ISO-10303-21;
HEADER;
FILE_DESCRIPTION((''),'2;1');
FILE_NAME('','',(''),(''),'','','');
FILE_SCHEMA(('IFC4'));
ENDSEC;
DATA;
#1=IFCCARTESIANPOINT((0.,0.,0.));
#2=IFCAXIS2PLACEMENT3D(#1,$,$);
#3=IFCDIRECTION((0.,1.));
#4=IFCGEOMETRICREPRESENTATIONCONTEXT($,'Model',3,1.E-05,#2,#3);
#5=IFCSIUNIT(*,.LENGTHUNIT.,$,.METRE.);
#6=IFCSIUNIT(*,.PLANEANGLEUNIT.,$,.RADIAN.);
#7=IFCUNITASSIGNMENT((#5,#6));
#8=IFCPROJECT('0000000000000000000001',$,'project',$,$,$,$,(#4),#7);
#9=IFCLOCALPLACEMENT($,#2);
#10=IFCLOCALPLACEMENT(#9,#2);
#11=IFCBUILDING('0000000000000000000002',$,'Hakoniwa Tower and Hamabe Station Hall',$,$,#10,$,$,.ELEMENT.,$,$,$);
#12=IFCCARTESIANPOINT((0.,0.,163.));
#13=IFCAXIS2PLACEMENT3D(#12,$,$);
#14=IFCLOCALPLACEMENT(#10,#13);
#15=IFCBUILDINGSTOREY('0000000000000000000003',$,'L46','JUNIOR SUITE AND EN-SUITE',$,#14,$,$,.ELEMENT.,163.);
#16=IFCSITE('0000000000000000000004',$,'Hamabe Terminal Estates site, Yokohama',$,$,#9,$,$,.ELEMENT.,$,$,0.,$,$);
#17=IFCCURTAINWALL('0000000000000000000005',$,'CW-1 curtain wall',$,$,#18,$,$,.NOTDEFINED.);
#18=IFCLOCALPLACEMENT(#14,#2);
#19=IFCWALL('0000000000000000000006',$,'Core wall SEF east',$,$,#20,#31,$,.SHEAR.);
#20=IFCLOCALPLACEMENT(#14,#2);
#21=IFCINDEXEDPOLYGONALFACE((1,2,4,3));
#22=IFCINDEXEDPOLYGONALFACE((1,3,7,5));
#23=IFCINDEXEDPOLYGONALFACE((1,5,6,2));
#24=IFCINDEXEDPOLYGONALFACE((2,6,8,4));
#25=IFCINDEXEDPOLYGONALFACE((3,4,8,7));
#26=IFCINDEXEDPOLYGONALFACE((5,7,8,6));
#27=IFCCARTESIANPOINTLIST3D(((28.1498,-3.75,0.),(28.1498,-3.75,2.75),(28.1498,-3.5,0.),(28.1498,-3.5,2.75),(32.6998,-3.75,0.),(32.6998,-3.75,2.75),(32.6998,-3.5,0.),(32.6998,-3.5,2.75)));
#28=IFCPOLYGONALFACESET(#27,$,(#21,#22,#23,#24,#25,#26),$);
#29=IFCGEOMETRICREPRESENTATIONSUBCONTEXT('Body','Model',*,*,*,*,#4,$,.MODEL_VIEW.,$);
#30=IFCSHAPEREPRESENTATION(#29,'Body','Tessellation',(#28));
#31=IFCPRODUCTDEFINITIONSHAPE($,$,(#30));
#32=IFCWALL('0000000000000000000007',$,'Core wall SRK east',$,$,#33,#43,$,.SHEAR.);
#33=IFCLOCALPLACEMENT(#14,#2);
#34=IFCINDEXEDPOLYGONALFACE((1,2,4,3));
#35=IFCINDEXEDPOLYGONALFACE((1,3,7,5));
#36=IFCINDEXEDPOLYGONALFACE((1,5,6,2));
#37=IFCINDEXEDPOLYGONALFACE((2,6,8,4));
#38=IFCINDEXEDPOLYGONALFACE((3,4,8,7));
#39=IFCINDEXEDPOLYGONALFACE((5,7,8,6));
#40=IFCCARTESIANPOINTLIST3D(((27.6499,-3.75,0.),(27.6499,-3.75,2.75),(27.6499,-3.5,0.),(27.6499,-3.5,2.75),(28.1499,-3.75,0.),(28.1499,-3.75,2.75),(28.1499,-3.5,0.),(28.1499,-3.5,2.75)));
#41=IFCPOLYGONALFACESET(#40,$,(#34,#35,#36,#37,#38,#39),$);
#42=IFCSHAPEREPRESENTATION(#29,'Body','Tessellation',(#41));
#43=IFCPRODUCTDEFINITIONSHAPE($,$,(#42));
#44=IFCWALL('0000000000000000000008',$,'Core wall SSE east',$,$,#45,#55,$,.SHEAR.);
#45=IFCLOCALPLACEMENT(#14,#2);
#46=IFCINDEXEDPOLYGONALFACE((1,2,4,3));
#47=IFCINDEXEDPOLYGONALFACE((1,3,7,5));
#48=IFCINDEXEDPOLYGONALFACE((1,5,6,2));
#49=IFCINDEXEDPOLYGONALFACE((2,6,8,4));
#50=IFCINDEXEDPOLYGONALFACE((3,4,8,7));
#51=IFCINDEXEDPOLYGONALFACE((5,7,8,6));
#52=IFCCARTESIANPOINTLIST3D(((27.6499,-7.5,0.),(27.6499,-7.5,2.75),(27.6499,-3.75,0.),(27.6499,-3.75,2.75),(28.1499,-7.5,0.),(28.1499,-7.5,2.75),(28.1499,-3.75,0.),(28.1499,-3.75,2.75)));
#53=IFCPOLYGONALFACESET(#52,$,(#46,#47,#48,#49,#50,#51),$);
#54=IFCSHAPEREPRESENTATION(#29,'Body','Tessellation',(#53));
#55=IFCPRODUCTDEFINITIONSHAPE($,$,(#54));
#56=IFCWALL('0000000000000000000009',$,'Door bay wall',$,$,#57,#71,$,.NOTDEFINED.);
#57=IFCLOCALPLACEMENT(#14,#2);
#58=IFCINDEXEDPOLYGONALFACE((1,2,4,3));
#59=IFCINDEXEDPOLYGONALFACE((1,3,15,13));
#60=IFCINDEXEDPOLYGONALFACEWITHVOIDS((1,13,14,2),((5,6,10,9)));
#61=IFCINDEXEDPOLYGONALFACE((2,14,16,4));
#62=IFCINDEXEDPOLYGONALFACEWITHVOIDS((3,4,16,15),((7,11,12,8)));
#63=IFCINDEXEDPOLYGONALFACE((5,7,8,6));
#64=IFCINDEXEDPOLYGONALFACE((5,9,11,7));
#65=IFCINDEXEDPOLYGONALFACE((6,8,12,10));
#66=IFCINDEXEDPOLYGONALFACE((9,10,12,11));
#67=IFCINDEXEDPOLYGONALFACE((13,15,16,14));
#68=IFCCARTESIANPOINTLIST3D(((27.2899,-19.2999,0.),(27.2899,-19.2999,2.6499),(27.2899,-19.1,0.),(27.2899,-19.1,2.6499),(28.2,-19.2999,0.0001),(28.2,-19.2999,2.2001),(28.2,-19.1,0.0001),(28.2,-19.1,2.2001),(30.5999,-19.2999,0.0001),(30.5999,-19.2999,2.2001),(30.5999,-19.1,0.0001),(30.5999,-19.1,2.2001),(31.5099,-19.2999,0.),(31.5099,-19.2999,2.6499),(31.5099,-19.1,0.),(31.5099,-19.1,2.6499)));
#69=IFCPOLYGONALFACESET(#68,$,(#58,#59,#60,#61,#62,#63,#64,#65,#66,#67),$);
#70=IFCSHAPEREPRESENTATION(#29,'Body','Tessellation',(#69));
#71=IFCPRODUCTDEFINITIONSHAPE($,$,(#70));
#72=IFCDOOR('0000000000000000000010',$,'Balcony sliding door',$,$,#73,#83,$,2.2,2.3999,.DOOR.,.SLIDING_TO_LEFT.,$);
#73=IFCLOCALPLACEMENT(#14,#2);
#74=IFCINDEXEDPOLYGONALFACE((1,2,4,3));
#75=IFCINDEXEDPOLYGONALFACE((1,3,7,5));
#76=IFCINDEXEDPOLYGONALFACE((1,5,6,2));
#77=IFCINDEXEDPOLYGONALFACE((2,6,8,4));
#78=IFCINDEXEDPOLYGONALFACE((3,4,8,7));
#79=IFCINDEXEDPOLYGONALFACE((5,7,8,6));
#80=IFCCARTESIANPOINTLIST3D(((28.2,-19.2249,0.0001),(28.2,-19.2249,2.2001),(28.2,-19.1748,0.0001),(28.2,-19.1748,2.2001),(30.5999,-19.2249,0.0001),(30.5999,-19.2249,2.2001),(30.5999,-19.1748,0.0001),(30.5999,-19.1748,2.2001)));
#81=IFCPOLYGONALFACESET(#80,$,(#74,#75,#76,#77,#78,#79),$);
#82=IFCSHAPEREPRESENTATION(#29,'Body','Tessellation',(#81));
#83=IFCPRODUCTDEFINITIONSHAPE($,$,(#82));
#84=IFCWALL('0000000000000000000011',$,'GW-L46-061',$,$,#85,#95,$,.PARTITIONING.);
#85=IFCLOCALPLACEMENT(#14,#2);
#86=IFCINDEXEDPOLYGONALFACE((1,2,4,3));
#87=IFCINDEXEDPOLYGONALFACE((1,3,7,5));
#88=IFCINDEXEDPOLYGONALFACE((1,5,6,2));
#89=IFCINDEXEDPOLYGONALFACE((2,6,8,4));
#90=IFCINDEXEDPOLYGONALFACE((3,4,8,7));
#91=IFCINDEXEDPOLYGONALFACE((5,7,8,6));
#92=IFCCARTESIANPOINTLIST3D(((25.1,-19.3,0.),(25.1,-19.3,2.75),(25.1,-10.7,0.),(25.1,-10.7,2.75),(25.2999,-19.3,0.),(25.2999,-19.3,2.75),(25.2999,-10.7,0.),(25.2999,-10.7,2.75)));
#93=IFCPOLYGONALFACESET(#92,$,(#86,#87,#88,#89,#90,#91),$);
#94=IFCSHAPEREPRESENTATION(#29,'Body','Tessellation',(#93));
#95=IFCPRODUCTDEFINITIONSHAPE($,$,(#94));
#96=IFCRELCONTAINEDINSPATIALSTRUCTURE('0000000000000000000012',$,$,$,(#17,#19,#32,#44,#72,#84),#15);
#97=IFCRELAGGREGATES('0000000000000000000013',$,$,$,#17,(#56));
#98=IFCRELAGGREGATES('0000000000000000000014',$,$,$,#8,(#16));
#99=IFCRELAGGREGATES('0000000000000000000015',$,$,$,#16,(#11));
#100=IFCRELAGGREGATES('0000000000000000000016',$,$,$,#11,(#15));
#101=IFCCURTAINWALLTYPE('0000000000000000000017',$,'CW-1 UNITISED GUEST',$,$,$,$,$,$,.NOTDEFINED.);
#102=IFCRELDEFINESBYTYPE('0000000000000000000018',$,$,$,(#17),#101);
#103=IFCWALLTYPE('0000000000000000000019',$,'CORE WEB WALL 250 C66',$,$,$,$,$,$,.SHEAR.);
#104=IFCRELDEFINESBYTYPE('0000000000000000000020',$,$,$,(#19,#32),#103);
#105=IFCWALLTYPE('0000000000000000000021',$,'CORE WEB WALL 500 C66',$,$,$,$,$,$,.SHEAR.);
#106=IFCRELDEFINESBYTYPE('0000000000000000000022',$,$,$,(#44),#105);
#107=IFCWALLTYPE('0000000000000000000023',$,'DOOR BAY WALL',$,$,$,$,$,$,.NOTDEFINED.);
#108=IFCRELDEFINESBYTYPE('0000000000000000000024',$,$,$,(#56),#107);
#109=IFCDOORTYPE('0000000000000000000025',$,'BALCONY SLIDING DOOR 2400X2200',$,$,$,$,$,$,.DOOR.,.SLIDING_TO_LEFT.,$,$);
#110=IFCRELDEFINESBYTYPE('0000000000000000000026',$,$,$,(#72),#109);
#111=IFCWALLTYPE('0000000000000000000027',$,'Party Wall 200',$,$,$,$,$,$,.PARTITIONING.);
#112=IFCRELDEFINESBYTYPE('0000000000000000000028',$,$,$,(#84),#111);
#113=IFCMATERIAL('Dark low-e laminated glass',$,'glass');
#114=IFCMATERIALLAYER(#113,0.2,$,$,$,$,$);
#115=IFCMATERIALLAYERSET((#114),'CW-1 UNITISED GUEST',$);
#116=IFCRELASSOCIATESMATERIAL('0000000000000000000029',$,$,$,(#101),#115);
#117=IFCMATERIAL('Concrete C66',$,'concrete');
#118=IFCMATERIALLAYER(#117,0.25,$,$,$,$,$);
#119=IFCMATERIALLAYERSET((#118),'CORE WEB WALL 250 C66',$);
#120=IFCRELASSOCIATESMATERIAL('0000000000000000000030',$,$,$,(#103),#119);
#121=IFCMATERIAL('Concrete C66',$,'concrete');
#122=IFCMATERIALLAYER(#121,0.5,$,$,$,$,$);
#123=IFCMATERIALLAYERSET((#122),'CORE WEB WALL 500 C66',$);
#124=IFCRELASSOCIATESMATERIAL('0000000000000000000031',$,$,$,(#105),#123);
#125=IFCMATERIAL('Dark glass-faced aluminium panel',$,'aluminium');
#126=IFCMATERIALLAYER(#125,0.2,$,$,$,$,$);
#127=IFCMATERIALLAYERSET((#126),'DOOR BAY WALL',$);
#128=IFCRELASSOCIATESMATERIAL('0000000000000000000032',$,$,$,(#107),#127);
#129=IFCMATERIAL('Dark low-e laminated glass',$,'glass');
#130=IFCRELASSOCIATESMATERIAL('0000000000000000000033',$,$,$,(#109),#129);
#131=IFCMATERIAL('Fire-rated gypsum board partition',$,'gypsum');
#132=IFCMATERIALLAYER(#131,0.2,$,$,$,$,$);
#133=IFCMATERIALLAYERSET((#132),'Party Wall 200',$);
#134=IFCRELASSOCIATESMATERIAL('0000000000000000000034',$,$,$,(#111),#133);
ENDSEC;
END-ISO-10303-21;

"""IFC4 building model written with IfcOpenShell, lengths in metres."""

from ifc_helpers import new_model, si_unit, direction, frame, frame_2d, origin, place, context, subcontext, project, spatial, rectangle, extrude, material, layer, layer_set, type_object, element, fill, aggregate, save


model = new_model("IFC4")

# Units and contexts
model_context = context("Model", 3, precision=1e-05, world=origin(), true_north=direction((0.0, 1.0)))
body_context = subcontext(model_context, "Body", "Model", "MODEL_VIEW")
ifc_project = project(units=[si_unit("LENGTHUNIT", "METRE"), si_unit("PLANEANGLEUNIT", "RADIAN")], contexts=[model_context])

# Site, building, storey
site_placement = place(None, origin())
site = spatial("IfcSite", under=ifc_project, at=site_placement, Name="Hamabe Terminal Estates site, Yokohama", CompositionType="ELEMENT", RefElevation=0.0)
building_placement = place(site_placement, origin())
building = spatial("IfcBuilding", under=site, at=building_placement, Name="Hakoniwa Tower and Hamabe Station Hall", CompositionType="ELEMENT")
storey_placement = place(building_placement, frame((0.0, 0.0, 163.0)))
storey = spatial("IfcBuildingStorey", under=building, at=storey_placement, Name="L46", Description="JUNIOR SUITE AND EN-SUITE", CompositionType="ELEMENT", Elevation=163.0)

# Curtain wall
ifc_material_1 = material(Name="Dark low-e laminated glass", Category="glass")
ifc_layer_1 = layer(ifc_material_1, 0.2)
ifc_layer_set_1 = layer_set([ifc_layer_1], Name="CW-1 UNITISED GUEST")
curtain_wall_type = type_object("IfcCurtainWallType", Name="CW-1 UNITISED GUEST", PredefinedType="NOTDEFINED", material=ifc_layer_set_1)
curtain_wall_placement = place(storey_placement, origin())
curtain_wall = element("IfcCurtainWall", 1, at=curtain_wall_placement, inside=storey, type_object=curtain_wall_type, Name="CW-1 curtain wall", PredefinedType="NOTDEFINED")

# Walls
ifc_material_2 = material(Name="Concrete C66", Category="concrete")
ifc_layer_2 = layer(ifc_material_2, 0.25)
ifc_layer_set_2 = layer_set([ifc_layer_2], Name="CORE WEB WALL 250 C66")
wall_type_1 = type_object("IfcWallType", Name="CORE WEB WALL 250 C66", PredefinedType="SHEAR", material=ifc_layer_set_2)
wall_1_placement = place(storey_placement, frame((28.1499, -3.625, 0.0), z_axis=(0.0, 0.0, 1.0), x_axis=(1.0, 0.0, 0.0)))
element("IfcWall", 2, at=wall_1_placement, inside=storey, type_object=wall_type_1, Name="Core wall SEF east", PredefinedType="SHEAR", context=body_context, shape_type="SweptSolid", body=[
    extrude(rectangle(XDim=4.55, YDim=0.25, at=frame_2d((2.2749, 0.0))), origin(), (0.0, 0.0, 1.0), 2.75),
])
wall_2_placement = place(storey_placement, frame((27.6499, -3.625, 0.0), z_axis=(0.0, 0.0, 1.0), x_axis=(1.0, 0.0, 0.0)))
element("IfcWall", 3, at=wall_2_placement, inside=storey, type_object=wall_type_1, Name="Core wall SRK east", PredefinedType="SHEAR", context=body_context, shape_type="SweptSolid", body=[
    extrude(rectangle(XDim=0.5, YDim=0.25, at=frame_2d((0.25, 0.0))), origin(), (0.0, 0.0, 1.0), 2.75),
])
ifc_material_3 = material(Name="Concrete C66", Category="concrete")
ifc_layer_3 = layer(ifc_material_3, 0.5)
ifc_layer_set_3 = layer_set([ifc_layer_3], Name="CORE WEB WALL 500 C66")
wall_type_2 = type_object("IfcWallType", Name="CORE WEB WALL 500 C66", PredefinedType="SHEAR", material=ifc_layer_set_3)
wall_3_placement = place(storey_placement, frame((27.8999, -7.5, 0.0), z_axis=(0.0, 0.0, 1.0), x_axis=(0.0, 1.0, 0.0)))
element("IfcWall", 4, at=wall_3_placement, inside=storey, type_object=wall_type_2, Name="Core wall SSE east", PredefinedType="SHEAR", context=body_context, shape_type="SweptSolid", body=[
    extrude(rectangle(XDim=3.75, YDim=0.5, at=frame_2d((1.875, 0.0))), origin(), (0.0, 0.0, 1.0), 2.75),
])

# Wall, opening, door
ifc_material_4 = material(Name="Dark glass-faced aluminium panel", Category="aluminium")
ifc_layer_4 = layer(ifc_material_4, 0.2)
ifc_layer_set_4 = layer_set([ifc_layer_4], Name="DOOR BAY WALL")
wall_type_3 = type_object("IfcWallType", Name="DOOR BAY WALL", PredefinedType="NOTDEFINED", material=ifc_layer_set_4)
wall_4_placement = place(storey_placement, frame((27.29, -19.2, 0.0), z_axis=(0.0, 0.0, 1.0), x_axis=(1.0, 0.0, 0.0)))
wall_4 = element("IfcWall", 5, at=wall_4_placement, type_object=wall_type_3, Name="Door bay wall", PredefinedType="NOTDEFINED", context=body_context, shape_type="SweptSolid", body=[
    extrude(rectangle(XDim=4.22, YDim=0.2, at=frame_2d((2.1099, 0.0))), origin(), (0.0, 0.0, 1.0), 2.6499),
])
opening_1_placement = place(wall_4_placement, frame((0.9099, 0.0, 0.0)))
opening_1 = element("IfcOpeningElement", 6, at=opening_1_placement, cuts=wall_4, PredefinedType="OPENING", context=body_context, shape_type="SweptSolid", body=[
    extrude(rectangle(XDim=2.3999, YDim=2.2, at=frame_2d((1.2, 1.1001))), frame((0.0, 0.1099, 0.0), z_axis=(0.0, -1.0, 0.0), x_axis=(1.0, 0.0, 0.0)), (0.0, 0.0, 1.0), 0.22),
])
ifc_material_5 = material(Name="Dark low-e laminated glass", Category="glass")
door_type_1 = type_object("IfcDoorType", Name="BALCONY SLIDING DOOR 2400X2200", OperationType="SLIDING_TO_LEFT", PredefinedType="DOOR", material=ifc_material_5)
door_1_placement = place(opening_1_placement, frame((2.3999, 0.0, 0.0), z_axis=(0.0, 0.0, 1.0), x_axis=(-1.0, 0.0, 0.0)))
door_1 = element("IfcDoor", 7, at=door_1_placement, inside=storey, type_object=door_type_1, Name="Balcony sliding door", OperationType="SLIDING_TO_LEFT", OverallHeight=2.2, OverallWidth=2.3999, PredefinedType="DOOR", context=body_context, shape_type="SweptSolid", body=[
    extrude(rectangle(XDim=2.3999, YDim=2.2, at=frame_2d((1.2, 1.1001))), frame((0.0, 0.0249, 0.0), z_axis=(0.0, -1.0, 0.0), x_axis=(1.0, 0.0, 0.0)), (0.0, 0.0, 1.0), 0.05),
])
fill(opening_1, door_1)
aggregate(curtain_wall, [wall_4])

# Wall
ifc_material_6 = material(Name="Fire-rated gypsum board partition", Category="gypsum")
ifc_layer_5 = layer(ifc_material_6, 0.2)
ifc_layer_set_5 = layer_set([ifc_layer_5], Name="Party Wall 200")
wall_type_4 = type_object("IfcWallType", Name="Party Wall 200", PredefinedType="PARTITIONING", material=ifc_layer_set_5)
wall_5_placement = place(storey_placement, frame((25.2, -19.3, 0.0), z_axis=(0.0, 0.0, 1.0), x_axis=(0.0, 1.0, 0.0)))
element("IfcWall", 8, at=wall_5_placement, inside=storey, type_object=wall_type_4, Name="GW-L46-061", PredefinedType="PARTITIONING", context=body_context, shape_type="SweptSolid", body=[
    extrude(rectangle(XDim=8.6001, YDim=0.2, at=frame_2d((4.3, 0.0))), origin(), (0.0, 0.0, 1.0), 2.75),
])

save(model, "model.ifc")
